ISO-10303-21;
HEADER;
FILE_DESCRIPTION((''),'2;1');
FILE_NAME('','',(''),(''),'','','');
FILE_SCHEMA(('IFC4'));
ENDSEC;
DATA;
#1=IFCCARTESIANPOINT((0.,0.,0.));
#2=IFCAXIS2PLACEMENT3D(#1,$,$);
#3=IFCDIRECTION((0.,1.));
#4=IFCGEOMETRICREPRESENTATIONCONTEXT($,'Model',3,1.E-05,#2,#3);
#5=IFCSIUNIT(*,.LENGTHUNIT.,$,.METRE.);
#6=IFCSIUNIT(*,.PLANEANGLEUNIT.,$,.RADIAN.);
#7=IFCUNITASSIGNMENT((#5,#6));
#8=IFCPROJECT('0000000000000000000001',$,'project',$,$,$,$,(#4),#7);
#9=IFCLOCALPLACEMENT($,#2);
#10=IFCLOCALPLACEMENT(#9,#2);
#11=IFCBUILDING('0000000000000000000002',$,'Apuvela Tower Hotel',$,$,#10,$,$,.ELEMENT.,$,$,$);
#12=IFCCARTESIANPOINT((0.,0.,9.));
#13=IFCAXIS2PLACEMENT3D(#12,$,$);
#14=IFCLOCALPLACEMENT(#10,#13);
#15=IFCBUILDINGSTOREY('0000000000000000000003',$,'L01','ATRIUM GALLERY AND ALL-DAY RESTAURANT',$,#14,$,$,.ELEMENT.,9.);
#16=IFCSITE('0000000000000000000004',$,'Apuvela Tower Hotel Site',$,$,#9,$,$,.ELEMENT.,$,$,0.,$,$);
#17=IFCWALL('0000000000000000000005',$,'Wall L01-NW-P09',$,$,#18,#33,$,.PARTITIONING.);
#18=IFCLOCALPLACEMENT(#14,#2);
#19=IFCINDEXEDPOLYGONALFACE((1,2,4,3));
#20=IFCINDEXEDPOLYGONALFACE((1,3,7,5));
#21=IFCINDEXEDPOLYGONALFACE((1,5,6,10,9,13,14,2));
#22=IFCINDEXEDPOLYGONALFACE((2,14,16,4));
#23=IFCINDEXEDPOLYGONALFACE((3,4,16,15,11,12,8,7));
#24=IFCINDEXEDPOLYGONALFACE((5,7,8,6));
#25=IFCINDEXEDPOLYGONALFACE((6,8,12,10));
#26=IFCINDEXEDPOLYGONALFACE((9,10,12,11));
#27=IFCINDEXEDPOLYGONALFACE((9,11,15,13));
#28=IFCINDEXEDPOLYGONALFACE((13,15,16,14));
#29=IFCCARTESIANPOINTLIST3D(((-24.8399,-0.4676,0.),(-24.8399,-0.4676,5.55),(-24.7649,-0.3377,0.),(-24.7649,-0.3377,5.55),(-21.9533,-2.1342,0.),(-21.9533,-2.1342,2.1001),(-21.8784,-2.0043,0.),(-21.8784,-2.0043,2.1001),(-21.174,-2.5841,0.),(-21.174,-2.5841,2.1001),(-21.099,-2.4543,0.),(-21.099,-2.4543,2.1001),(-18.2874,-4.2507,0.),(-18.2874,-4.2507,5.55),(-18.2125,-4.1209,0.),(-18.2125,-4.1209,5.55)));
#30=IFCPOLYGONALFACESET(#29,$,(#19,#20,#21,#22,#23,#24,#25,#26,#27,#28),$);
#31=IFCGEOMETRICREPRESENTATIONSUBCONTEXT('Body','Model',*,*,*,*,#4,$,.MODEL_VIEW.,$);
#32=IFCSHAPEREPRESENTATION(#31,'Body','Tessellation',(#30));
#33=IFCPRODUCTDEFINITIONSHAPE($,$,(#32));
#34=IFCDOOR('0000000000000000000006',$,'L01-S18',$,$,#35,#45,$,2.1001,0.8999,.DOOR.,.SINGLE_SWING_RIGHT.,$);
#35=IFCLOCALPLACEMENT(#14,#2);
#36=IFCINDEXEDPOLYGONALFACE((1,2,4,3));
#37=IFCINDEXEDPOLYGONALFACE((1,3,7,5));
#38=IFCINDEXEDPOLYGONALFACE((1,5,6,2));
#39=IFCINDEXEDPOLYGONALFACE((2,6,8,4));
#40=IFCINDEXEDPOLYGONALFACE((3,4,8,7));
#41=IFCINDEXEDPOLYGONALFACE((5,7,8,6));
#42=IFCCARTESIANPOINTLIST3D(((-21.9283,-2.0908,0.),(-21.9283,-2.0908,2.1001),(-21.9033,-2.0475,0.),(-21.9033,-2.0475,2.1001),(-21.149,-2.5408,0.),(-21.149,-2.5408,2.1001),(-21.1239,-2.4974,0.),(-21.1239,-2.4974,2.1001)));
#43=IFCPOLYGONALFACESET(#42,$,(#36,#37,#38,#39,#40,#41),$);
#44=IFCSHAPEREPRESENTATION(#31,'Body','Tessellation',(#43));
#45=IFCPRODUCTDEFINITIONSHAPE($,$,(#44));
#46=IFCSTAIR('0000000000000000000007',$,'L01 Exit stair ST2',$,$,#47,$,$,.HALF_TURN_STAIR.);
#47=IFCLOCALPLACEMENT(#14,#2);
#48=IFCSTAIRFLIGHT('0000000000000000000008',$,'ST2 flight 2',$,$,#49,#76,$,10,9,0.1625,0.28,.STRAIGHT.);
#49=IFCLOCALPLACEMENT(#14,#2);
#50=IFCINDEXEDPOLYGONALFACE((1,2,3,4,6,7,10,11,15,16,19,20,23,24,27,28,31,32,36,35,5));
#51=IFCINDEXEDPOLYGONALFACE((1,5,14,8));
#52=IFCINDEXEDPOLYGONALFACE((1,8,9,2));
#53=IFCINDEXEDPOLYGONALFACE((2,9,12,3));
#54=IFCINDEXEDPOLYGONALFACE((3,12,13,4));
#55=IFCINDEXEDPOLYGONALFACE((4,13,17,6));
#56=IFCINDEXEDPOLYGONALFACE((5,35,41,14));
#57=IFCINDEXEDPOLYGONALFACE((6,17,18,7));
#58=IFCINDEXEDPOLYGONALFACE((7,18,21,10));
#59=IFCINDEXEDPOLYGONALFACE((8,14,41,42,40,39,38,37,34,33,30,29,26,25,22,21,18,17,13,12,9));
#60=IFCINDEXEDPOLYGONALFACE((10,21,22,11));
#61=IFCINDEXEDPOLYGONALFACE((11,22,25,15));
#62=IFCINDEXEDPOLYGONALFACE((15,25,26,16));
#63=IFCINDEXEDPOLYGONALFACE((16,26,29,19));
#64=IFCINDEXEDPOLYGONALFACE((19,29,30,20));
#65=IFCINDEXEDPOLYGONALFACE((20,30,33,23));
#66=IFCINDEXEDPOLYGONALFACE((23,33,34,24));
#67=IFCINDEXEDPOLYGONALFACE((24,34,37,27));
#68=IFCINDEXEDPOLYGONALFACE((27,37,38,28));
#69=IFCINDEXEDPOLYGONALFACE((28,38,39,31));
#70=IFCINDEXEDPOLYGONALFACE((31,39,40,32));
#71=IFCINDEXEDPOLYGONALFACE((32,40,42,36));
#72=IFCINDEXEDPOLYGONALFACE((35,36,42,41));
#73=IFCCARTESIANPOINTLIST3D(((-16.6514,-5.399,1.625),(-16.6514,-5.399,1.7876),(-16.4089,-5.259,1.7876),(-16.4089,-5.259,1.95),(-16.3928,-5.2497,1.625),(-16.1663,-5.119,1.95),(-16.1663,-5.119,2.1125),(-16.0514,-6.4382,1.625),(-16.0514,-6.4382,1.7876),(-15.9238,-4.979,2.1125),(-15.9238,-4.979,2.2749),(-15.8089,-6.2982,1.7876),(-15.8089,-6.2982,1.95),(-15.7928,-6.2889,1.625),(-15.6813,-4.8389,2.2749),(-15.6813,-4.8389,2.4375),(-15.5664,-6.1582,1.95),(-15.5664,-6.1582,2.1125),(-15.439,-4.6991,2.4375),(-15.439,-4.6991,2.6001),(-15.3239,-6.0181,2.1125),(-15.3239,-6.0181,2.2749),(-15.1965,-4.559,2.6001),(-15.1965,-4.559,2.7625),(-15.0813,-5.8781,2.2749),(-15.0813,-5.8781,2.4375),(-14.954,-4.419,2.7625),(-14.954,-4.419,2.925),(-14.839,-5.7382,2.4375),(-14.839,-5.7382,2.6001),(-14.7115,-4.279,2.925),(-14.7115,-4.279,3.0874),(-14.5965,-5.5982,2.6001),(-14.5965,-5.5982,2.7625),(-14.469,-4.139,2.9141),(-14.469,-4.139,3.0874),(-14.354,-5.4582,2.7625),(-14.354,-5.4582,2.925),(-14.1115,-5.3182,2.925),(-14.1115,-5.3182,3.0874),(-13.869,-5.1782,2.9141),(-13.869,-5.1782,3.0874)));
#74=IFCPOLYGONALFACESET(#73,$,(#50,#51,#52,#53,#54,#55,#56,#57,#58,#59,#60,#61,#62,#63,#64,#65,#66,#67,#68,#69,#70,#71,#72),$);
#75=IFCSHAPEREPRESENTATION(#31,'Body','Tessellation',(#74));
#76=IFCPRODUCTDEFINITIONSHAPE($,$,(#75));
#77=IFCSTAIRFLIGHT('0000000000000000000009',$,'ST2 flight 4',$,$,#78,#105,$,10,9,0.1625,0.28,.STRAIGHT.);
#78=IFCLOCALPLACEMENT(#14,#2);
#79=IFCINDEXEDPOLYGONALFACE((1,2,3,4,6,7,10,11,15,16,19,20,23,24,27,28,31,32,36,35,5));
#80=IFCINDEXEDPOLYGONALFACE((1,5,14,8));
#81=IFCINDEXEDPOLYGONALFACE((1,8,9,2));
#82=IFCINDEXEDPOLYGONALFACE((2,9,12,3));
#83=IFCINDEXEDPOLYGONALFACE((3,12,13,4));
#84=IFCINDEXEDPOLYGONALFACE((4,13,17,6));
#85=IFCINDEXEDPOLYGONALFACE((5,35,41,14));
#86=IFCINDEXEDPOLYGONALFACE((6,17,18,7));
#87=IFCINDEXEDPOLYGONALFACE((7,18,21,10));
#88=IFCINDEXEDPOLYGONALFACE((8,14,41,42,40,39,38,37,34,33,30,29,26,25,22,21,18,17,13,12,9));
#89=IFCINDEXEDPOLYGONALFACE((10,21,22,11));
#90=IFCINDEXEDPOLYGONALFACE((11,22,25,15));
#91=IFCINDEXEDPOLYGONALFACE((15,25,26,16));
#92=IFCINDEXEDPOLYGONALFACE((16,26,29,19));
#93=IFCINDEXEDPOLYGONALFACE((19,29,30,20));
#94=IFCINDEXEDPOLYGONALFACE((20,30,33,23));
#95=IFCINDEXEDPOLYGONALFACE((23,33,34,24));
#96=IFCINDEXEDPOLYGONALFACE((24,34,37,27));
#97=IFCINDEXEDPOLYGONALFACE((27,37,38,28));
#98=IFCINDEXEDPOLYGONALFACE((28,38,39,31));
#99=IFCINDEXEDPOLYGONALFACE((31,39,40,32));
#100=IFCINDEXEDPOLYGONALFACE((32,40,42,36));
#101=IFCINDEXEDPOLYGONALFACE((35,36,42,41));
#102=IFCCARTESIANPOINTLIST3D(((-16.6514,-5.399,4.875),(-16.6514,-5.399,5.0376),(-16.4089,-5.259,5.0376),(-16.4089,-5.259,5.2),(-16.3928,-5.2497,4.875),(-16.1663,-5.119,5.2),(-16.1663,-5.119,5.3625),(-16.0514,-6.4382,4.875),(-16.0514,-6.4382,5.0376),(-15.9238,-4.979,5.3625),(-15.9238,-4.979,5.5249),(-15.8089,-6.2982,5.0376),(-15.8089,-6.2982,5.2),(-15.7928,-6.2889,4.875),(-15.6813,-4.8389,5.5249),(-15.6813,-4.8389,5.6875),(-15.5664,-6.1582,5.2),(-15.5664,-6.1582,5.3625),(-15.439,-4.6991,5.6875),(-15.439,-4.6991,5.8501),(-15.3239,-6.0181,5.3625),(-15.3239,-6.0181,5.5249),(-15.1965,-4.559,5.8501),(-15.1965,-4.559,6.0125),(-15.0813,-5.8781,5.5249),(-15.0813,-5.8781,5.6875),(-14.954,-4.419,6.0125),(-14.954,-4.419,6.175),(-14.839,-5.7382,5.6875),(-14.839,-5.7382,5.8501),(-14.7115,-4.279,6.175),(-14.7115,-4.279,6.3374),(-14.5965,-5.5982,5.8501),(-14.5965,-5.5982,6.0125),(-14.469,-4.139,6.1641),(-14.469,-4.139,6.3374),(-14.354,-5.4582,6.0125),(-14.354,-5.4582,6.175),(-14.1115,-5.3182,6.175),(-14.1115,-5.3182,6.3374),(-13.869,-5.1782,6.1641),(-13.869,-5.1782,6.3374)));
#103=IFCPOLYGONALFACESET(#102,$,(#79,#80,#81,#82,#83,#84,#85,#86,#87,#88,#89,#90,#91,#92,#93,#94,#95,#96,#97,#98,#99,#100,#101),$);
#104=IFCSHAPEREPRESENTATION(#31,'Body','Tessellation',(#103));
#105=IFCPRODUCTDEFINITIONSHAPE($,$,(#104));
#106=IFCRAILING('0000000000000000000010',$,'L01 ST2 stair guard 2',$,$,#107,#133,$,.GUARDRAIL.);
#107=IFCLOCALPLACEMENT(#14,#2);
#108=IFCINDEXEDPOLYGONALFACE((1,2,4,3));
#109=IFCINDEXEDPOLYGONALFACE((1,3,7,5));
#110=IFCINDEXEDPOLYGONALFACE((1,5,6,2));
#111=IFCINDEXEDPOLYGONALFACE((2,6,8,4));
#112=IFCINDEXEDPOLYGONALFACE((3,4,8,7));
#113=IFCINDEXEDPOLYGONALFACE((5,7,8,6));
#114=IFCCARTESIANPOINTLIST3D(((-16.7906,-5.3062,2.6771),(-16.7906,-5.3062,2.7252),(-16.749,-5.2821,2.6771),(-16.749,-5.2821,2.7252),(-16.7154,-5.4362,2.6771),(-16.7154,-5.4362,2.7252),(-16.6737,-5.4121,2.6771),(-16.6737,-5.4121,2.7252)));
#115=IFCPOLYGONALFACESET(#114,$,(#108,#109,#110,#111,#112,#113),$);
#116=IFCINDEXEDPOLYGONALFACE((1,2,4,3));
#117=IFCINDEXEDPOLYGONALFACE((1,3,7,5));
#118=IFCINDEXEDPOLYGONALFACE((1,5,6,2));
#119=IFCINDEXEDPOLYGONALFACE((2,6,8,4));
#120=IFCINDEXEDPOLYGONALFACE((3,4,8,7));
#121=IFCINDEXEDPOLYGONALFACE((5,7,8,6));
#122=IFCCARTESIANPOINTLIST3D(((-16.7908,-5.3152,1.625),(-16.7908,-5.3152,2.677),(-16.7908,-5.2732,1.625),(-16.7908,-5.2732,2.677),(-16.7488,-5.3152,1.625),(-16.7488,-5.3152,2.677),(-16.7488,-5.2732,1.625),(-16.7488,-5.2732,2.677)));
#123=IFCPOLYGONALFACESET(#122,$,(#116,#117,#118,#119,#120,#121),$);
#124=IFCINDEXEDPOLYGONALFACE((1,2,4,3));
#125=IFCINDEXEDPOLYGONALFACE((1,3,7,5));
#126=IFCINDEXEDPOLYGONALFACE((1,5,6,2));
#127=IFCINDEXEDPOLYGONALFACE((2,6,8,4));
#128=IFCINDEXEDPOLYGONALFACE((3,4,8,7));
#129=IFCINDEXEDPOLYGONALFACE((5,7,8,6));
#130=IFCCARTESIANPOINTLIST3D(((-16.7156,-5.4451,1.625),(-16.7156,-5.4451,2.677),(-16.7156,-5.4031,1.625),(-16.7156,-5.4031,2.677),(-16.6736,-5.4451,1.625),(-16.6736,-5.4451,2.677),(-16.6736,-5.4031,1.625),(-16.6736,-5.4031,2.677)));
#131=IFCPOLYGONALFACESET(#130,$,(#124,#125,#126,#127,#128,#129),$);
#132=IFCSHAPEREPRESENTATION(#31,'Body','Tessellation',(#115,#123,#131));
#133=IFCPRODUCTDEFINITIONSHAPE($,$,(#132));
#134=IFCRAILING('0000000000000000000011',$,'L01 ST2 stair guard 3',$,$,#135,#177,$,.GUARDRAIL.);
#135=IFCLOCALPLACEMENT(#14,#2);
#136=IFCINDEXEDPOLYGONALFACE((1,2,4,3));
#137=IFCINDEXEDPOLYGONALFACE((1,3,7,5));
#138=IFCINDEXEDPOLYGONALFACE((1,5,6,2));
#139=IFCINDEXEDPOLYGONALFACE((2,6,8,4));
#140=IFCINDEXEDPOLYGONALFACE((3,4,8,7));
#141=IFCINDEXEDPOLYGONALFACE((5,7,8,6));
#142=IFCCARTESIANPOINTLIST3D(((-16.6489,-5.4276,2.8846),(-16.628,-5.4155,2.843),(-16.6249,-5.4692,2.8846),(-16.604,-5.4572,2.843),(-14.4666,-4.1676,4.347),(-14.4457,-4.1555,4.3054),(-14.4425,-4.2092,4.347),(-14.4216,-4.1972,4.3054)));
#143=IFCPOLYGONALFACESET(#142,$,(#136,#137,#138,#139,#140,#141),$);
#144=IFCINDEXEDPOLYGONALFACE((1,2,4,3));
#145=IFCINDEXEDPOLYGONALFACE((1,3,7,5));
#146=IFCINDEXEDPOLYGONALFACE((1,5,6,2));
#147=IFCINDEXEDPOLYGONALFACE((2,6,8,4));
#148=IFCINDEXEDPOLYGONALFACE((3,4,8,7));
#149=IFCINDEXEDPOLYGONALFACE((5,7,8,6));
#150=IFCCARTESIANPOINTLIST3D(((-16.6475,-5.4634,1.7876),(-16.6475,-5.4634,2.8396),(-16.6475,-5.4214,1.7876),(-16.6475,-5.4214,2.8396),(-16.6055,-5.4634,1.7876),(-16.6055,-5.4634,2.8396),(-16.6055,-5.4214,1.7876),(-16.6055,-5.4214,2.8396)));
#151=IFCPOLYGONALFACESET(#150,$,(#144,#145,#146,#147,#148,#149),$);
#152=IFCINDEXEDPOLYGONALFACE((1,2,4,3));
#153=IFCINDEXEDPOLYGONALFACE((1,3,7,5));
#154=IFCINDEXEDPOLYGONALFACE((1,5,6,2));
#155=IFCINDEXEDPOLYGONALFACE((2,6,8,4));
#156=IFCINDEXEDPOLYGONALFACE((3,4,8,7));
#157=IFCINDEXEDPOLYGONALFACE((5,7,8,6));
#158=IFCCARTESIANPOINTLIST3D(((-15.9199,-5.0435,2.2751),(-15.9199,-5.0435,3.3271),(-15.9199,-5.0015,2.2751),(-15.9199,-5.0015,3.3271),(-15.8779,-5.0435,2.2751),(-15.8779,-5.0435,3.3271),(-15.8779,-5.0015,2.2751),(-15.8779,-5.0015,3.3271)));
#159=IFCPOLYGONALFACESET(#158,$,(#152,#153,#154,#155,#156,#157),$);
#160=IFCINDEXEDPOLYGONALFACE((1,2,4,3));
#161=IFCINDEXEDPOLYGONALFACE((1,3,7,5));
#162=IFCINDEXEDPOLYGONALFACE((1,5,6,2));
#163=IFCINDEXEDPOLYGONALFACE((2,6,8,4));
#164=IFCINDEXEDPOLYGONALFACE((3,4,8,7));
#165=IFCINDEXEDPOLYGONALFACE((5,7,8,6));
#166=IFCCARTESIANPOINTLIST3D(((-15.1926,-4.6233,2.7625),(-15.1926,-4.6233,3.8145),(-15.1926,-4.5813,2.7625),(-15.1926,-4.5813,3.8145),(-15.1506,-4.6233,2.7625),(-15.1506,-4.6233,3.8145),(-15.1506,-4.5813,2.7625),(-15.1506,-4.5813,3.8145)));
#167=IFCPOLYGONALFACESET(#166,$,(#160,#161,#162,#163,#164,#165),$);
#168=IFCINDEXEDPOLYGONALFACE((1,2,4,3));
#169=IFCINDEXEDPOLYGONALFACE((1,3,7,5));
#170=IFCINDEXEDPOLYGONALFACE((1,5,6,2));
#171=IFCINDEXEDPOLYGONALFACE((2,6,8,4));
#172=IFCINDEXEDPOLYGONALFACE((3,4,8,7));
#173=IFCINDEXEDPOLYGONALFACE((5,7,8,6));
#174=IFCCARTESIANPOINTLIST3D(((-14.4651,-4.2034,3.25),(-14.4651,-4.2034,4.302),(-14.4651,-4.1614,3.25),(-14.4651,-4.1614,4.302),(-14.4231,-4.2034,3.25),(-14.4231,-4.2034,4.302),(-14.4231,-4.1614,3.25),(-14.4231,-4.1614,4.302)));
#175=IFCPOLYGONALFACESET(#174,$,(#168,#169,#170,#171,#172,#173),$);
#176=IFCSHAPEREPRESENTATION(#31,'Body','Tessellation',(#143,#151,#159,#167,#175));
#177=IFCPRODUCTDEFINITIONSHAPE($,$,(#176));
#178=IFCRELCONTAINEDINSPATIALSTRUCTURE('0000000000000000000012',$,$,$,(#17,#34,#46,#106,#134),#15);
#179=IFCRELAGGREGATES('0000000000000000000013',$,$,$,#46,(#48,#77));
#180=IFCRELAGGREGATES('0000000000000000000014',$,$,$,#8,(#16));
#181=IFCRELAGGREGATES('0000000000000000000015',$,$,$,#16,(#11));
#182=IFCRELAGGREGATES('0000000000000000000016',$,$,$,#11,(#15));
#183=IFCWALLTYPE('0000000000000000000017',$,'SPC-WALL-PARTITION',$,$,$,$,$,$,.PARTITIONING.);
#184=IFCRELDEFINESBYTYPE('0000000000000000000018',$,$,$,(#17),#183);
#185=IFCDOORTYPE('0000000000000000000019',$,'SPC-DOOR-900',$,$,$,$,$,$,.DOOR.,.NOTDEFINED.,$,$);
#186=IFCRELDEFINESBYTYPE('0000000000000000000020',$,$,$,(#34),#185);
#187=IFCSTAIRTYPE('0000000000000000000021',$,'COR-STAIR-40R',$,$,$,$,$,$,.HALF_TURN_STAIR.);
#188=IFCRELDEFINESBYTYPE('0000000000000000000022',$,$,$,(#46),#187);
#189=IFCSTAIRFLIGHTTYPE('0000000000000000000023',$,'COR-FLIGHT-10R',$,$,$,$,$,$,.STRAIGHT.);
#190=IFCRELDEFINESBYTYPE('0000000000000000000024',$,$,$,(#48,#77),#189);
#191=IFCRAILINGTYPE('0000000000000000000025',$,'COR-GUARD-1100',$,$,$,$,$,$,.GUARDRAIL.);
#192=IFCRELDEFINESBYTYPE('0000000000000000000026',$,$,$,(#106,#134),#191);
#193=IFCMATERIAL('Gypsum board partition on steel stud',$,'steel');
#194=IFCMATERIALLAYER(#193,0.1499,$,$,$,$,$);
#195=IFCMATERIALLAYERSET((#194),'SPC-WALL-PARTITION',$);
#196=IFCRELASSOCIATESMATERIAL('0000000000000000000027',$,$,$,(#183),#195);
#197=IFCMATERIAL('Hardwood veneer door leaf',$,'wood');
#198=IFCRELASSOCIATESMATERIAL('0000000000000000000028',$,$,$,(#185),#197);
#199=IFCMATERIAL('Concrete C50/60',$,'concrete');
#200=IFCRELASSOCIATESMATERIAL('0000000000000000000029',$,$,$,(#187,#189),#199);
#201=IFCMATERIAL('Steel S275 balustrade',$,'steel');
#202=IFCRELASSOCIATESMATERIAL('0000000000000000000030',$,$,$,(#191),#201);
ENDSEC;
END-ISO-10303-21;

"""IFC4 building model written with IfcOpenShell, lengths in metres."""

from ifc_helpers import new_model, si_unit, direction, frame, frame_2d, origin, origin_2d, place, context, subcontext, project, spatial, polyline, rectangle, outline, extrude, material, layer, layer_set, type_object, element, fill, aggregate, save


model = new_model("IFC4")

# Units and contexts
model_context = context("Model", 3, precision=1e-05, world=origin(), true_north=direction((0.0, 1.0)))
body_context = subcontext(model_context, "Body", "Model", "MODEL_VIEW")
ifc_project = project(units=[si_unit("LENGTHUNIT", "METRE"), si_unit("PLANEANGLEUNIT", "RADIAN")], contexts=[model_context])

# Site, building, storey
site_placement = place(None, origin())
site = spatial("IfcSite", under=ifc_project, at=site_placement, Name="Apuvela Tower Hotel Site", CompositionType="ELEMENT", RefElevation=0.0)
building_placement = place(site_placement, origin())
building = spatial("IfcBuilding", under=site, at=building_placement, Name="Apuvela Tower Hotel", CompositionType="ELEMENT")
storey_placement = place(building_placement, frame((0.0, 0.0, 9.0)))
storey = spatial("IfcBuildingStorey", under=building, at=storey_placement, Name="L01", Description="ATRIUM GALLERY AND ALL-DAY RESTAURANT", CompositionType="ELEMENT", Elevation=9.0)

# Shared definitions
ifc_material_1 = material(Name="Concrete C50/60", Category="concrete")

# Wall, opening, door
ifc_material_2 = material(Name="Gypsum board partition on steel stud", Category="steel")
ifc_layer_1 = layer(ifc_material_2, 0.1499)
ifc_layer_set_1 = layer_set([ifc_layer_1], Name="SPC-WALL-PARTITION")
wall_type_1 = type_object("IfcWallType", Name="SPC-WALL-PARTITION", PredefinedType="PARTITIONING", material=ifc_layer_set_1)
wall_1_placement = place(storey_placement, frame((-24.8025, -0.4026, 0.0), z_axis=(0.0, 0.0, 1.0), x_axis=(0.866018, -0.500012, 0.0)))
wall_1 = element("IfcWall", 1, at=wall_1_placement, inside=storey, type_object=wall_type_1, Name="Wall L01-NW-P09", PredefinedType="PARTITIONING", context=body_context, shape_type="SweptSolid", body=[
    extrude(rectangle(XDim=7.5662, YDim=0.1499, at=frame_2d((3.7832, 0.0))), origin(), (0.0, 0.0, 1.0), 5.55),
])
opening_1_placement = place(wall_1_placement, frame((3.3333, 0.0, 0.0)))
opening_1 = element("IfcOpeningElement", 2, at=opening_1_placement, cuts=wall_1, PredefinedType="OPENING", context=body_context, shape_type="SweptSolid", body=[
    extrude(rectangle(XDim=0.8999, YDim=2.1001, at=frame_2d((0.45, 1.05))), frame((0.0, 0.085, 0.0), z_axis=(0.0, -1.0, 0.0), x_axis=(1.0, 0.0, 0.0)), (0.0, 0.0, 1.0), 0.1699),
])
ifc_material_3 = material(Name="Hardwood veneer door leaf", Category="wood")
door_type_1 = type_object("IfcDoorType", Name="SPC-DOOR-900", OperationType="NOTDEFINED", PredefinedType="DOOR", material=ifc_material_3)
door_1_placement = place(opening_1_placement, frame((0.8999, 0.0, 0.0), z_axis=(0.0, 0.0, 1.0), x_axis=(-1.0, 0.0, 0.0)))
door_1 = element("IfcDoor", 3, at=door_1_placement, inside=storey, type_object=door_type_1, Name="L01-S18", OperationType="SINGLE_SWING_RIGHT", OverallHeight=2.1001, OverallWidth=0.8999, PredefinedType="DOOR", context=body_context, shape_type="SweptSolid", body=[
    extrude(rectangle(XDim=0.8999, YDim=2.1001, at=frame_2d((0.45, 1.05))), frame((0.0, 0.0249, 0.0), z_axis=(0.0, -1.0, 0.0), x_axis=(1.0, 0.0, 0.0)), (0.0, 0.0, 1.0), 0.05),
])
fill(opening_1, door_1)

# Stair, stair flights
stair_type = type_object("IfcStairType", Name="COR-STAIR-40R", PredefinedType="HALF_TURN_STAIR", material=ifc_material_1)
stair_placement = place(storey_placement, origin())
stair = element("IfcStair", 4, at=stair_placement, inside=storey, type_object=stair_type, Name="L01 Exit stair ST2", PredefinedType="HALF_TURN_STAIR")
stair_flight_type = type_object("IfcStairFlightType", Name="COR-FLIGHT-10R", PredefinedType="STRAIGHT", material=ifc_material_1)
stair_flight_1_placement = place(storey_placement, frame((-16.3513, -5.9187, 1.625), z_axis=(0.0, 0.0, 1.0), x_axis=(0.866025, 0.5, 0.0)))
stair_flight_1 = element("IfcStairFlight", 5, at=stair_flight_1_placement, type_object=stair_flight_type, Name="ST2 flight 2", NumberOfRisers=10, NumberOfTreads=9, PredefinedType="STRAIGHT", RiserHeight=0.1625, TreadLength=0.28, context=body_context, shape_type="SweptSolid", body=[
    extrude(outline(polyline([(0.0, 0.0), (0.0, 0.1626), (0.28, 0.1626), (0.28, 0.325), (0.5601, 0.325), (0.5601, 0.4875), (0.8401, 0.4875), (0.8401, 0.6499), (1.1201, 0.6499), (1.1201, 0.8125), (1.3999, 0.8125), (1.3999, 0.9751), (1.6799, 0.9751), (1.6799, 1.1375), (1.96, 1.1375), (1.96, 1.3), (2.24, 1.3), (2.24, 1.4624), (2.52, 1.4624), (2.52, 1.625), (2.52, 1.2891), (0.2986, 0.0), (0.0, 0.0)])), frame((0.0, 0.6001, 0.0), z_axis=(0.0, -1.0, 0.0), x_axis=(1.0, 0.0, 0.0)), (0.0, 0.0, 1.0), 1.2),
])
stair_flight_2_placement = place(storey_placement, frame((-16.3513, -5.9187, 4.875), z_axis=(0.0, 0.0, 1.0), x_axis=(0.866025, 0.5, 0.0)))
stair_flight_2 = element("IfcStairFlight", 6, at=stair_flight_2_placement, type_object=stair_flight_type, Name="ST2 flight 4", NumberOfRisers=10, NumberOfTreads=9, PredefinedType="STRAIGHT", RiserHeight=0.1625, TreadLength=0.28, context=body_context, shape_type="SweptSolid", body=[
    extrude(outline(polyline([(0.0, 0.0), (0.0, 0.1626), (0.28, 0.1626), (0.28, 0.325), (0.5601, 0.325), (0.5601, 0.4875), (0.8401, 0.4875), (0.8401, 0.6499), (1.1201, 0.6499), (1.1201, 0.8125), (1.3999, 0.8125), (1.3999, 0.9751), (1.6799, 0.9751), (1.6799, 1.1375), (1.96, 1.1375), (1.96, 1.3), (2.24, 1.3), (2.24, 1.4624), (2.52, 1.4624), (2.52, 1.625), (2.52, 1.2891), (0.2986, 0.0), (0.0, 0.0)])), frame((0.0, 0.6001, 0.0), z_axis=(0.0, -1.0, 0.0), x_axis=(1.0, 0.0, 0.0)), (0.0, 0.0, 1.0), 1.2),
])
aggregate(stair, [stair_flight_1, stair_flight_2])

# Railings
ifc_material_4 = material(Name="Steel S275 balustrade", Category="steel")
railing_type_1 = type_object("IfcRailingType", Name="COR-GUARD-1100", PredefinedType="GUARDRAIL", material=ifc_material_4)
railing_1_placement = place(storey_placement, frame((-16.7698, -5.2942, 1.625)))
element("IfcRailing", 7, at=railing_1_placement, inside=storey, type_object=railing_type_1, Name="L01 ST2 stair guard 2", PredefinedType="GUARDRAIL", context=body_context, shape_type="SweptSolid", body=[
    extrude(rectangle(XDim=0.0481, YDim=0.0481, at=origin_2d()), frame((0.0, 0.0, 1.0762), z_axis=(0.501036, -0.865426, 0.0), x_axis=(0.865426, 0.501036, 0.0)), (0.0, 0.0, 1.0), 0.1501),
    extrude(rectangle(XDim=0.042, YDim=0.042, at=origin_2d()), origin(), (0.0, 0.0, 1.0), 1.052),
    extrude(rectangle(XDim=0.042, YDim=0.042, at=origin_2d()), frame((0.0752, -0.1299, 0.0)), (0.0, 0.0, 1.0), 1.052),
])
railing_2_placement = place(storey_placement, frame((-16.6265, -5.4424, 1.7876)))
element("IfcRailing", 8, at=railing_2_placement, inside=storey, type_object=railing_type_1, Name="L01 ST2 stair guard 3", PredefinedType="GUARDRAIL", context=body_context, shape_type="SweptSolid", body=[
    extrude(rectangle(XDim=0.0481, YDim=0.0481, at=origin_2d()), frame((0.0, 0.0, 1.0762), z_axis=(0.749033, 0.43246, 0.501925), x_axis=(-0.500005, 0.866023, 0.0)), (0.0, 0.0, 1.0), 2.9136),
    extrude(rectangle(XDim=0.042, YDim=0.042, at=origin_2d()), origin(), (0.0, 0.0, 1.0), 1.052),
    extrude(rectangle(XDim=0.042, YDim=0.042, at=origin_2d()), frame((0.7275, 0.4199, 0.4875)), (0.0, 0.0, 1.0), 1.052),
    extrude(rectangle(XDim=0.042, YDim=0.042, at=origin_2d()), frame((1.4548, 0.8401, 0.9749)), (0.0, 0.0, 1.0), 1.052),
    extrude(rectangle(XDim=0.042, YDim=0.042, at=origin_2d()), frame((2.1824, 1.26, 1.4624)), (0.0, 0.0, 1.0), 1.052),
])

save(model, "model.ifc")
